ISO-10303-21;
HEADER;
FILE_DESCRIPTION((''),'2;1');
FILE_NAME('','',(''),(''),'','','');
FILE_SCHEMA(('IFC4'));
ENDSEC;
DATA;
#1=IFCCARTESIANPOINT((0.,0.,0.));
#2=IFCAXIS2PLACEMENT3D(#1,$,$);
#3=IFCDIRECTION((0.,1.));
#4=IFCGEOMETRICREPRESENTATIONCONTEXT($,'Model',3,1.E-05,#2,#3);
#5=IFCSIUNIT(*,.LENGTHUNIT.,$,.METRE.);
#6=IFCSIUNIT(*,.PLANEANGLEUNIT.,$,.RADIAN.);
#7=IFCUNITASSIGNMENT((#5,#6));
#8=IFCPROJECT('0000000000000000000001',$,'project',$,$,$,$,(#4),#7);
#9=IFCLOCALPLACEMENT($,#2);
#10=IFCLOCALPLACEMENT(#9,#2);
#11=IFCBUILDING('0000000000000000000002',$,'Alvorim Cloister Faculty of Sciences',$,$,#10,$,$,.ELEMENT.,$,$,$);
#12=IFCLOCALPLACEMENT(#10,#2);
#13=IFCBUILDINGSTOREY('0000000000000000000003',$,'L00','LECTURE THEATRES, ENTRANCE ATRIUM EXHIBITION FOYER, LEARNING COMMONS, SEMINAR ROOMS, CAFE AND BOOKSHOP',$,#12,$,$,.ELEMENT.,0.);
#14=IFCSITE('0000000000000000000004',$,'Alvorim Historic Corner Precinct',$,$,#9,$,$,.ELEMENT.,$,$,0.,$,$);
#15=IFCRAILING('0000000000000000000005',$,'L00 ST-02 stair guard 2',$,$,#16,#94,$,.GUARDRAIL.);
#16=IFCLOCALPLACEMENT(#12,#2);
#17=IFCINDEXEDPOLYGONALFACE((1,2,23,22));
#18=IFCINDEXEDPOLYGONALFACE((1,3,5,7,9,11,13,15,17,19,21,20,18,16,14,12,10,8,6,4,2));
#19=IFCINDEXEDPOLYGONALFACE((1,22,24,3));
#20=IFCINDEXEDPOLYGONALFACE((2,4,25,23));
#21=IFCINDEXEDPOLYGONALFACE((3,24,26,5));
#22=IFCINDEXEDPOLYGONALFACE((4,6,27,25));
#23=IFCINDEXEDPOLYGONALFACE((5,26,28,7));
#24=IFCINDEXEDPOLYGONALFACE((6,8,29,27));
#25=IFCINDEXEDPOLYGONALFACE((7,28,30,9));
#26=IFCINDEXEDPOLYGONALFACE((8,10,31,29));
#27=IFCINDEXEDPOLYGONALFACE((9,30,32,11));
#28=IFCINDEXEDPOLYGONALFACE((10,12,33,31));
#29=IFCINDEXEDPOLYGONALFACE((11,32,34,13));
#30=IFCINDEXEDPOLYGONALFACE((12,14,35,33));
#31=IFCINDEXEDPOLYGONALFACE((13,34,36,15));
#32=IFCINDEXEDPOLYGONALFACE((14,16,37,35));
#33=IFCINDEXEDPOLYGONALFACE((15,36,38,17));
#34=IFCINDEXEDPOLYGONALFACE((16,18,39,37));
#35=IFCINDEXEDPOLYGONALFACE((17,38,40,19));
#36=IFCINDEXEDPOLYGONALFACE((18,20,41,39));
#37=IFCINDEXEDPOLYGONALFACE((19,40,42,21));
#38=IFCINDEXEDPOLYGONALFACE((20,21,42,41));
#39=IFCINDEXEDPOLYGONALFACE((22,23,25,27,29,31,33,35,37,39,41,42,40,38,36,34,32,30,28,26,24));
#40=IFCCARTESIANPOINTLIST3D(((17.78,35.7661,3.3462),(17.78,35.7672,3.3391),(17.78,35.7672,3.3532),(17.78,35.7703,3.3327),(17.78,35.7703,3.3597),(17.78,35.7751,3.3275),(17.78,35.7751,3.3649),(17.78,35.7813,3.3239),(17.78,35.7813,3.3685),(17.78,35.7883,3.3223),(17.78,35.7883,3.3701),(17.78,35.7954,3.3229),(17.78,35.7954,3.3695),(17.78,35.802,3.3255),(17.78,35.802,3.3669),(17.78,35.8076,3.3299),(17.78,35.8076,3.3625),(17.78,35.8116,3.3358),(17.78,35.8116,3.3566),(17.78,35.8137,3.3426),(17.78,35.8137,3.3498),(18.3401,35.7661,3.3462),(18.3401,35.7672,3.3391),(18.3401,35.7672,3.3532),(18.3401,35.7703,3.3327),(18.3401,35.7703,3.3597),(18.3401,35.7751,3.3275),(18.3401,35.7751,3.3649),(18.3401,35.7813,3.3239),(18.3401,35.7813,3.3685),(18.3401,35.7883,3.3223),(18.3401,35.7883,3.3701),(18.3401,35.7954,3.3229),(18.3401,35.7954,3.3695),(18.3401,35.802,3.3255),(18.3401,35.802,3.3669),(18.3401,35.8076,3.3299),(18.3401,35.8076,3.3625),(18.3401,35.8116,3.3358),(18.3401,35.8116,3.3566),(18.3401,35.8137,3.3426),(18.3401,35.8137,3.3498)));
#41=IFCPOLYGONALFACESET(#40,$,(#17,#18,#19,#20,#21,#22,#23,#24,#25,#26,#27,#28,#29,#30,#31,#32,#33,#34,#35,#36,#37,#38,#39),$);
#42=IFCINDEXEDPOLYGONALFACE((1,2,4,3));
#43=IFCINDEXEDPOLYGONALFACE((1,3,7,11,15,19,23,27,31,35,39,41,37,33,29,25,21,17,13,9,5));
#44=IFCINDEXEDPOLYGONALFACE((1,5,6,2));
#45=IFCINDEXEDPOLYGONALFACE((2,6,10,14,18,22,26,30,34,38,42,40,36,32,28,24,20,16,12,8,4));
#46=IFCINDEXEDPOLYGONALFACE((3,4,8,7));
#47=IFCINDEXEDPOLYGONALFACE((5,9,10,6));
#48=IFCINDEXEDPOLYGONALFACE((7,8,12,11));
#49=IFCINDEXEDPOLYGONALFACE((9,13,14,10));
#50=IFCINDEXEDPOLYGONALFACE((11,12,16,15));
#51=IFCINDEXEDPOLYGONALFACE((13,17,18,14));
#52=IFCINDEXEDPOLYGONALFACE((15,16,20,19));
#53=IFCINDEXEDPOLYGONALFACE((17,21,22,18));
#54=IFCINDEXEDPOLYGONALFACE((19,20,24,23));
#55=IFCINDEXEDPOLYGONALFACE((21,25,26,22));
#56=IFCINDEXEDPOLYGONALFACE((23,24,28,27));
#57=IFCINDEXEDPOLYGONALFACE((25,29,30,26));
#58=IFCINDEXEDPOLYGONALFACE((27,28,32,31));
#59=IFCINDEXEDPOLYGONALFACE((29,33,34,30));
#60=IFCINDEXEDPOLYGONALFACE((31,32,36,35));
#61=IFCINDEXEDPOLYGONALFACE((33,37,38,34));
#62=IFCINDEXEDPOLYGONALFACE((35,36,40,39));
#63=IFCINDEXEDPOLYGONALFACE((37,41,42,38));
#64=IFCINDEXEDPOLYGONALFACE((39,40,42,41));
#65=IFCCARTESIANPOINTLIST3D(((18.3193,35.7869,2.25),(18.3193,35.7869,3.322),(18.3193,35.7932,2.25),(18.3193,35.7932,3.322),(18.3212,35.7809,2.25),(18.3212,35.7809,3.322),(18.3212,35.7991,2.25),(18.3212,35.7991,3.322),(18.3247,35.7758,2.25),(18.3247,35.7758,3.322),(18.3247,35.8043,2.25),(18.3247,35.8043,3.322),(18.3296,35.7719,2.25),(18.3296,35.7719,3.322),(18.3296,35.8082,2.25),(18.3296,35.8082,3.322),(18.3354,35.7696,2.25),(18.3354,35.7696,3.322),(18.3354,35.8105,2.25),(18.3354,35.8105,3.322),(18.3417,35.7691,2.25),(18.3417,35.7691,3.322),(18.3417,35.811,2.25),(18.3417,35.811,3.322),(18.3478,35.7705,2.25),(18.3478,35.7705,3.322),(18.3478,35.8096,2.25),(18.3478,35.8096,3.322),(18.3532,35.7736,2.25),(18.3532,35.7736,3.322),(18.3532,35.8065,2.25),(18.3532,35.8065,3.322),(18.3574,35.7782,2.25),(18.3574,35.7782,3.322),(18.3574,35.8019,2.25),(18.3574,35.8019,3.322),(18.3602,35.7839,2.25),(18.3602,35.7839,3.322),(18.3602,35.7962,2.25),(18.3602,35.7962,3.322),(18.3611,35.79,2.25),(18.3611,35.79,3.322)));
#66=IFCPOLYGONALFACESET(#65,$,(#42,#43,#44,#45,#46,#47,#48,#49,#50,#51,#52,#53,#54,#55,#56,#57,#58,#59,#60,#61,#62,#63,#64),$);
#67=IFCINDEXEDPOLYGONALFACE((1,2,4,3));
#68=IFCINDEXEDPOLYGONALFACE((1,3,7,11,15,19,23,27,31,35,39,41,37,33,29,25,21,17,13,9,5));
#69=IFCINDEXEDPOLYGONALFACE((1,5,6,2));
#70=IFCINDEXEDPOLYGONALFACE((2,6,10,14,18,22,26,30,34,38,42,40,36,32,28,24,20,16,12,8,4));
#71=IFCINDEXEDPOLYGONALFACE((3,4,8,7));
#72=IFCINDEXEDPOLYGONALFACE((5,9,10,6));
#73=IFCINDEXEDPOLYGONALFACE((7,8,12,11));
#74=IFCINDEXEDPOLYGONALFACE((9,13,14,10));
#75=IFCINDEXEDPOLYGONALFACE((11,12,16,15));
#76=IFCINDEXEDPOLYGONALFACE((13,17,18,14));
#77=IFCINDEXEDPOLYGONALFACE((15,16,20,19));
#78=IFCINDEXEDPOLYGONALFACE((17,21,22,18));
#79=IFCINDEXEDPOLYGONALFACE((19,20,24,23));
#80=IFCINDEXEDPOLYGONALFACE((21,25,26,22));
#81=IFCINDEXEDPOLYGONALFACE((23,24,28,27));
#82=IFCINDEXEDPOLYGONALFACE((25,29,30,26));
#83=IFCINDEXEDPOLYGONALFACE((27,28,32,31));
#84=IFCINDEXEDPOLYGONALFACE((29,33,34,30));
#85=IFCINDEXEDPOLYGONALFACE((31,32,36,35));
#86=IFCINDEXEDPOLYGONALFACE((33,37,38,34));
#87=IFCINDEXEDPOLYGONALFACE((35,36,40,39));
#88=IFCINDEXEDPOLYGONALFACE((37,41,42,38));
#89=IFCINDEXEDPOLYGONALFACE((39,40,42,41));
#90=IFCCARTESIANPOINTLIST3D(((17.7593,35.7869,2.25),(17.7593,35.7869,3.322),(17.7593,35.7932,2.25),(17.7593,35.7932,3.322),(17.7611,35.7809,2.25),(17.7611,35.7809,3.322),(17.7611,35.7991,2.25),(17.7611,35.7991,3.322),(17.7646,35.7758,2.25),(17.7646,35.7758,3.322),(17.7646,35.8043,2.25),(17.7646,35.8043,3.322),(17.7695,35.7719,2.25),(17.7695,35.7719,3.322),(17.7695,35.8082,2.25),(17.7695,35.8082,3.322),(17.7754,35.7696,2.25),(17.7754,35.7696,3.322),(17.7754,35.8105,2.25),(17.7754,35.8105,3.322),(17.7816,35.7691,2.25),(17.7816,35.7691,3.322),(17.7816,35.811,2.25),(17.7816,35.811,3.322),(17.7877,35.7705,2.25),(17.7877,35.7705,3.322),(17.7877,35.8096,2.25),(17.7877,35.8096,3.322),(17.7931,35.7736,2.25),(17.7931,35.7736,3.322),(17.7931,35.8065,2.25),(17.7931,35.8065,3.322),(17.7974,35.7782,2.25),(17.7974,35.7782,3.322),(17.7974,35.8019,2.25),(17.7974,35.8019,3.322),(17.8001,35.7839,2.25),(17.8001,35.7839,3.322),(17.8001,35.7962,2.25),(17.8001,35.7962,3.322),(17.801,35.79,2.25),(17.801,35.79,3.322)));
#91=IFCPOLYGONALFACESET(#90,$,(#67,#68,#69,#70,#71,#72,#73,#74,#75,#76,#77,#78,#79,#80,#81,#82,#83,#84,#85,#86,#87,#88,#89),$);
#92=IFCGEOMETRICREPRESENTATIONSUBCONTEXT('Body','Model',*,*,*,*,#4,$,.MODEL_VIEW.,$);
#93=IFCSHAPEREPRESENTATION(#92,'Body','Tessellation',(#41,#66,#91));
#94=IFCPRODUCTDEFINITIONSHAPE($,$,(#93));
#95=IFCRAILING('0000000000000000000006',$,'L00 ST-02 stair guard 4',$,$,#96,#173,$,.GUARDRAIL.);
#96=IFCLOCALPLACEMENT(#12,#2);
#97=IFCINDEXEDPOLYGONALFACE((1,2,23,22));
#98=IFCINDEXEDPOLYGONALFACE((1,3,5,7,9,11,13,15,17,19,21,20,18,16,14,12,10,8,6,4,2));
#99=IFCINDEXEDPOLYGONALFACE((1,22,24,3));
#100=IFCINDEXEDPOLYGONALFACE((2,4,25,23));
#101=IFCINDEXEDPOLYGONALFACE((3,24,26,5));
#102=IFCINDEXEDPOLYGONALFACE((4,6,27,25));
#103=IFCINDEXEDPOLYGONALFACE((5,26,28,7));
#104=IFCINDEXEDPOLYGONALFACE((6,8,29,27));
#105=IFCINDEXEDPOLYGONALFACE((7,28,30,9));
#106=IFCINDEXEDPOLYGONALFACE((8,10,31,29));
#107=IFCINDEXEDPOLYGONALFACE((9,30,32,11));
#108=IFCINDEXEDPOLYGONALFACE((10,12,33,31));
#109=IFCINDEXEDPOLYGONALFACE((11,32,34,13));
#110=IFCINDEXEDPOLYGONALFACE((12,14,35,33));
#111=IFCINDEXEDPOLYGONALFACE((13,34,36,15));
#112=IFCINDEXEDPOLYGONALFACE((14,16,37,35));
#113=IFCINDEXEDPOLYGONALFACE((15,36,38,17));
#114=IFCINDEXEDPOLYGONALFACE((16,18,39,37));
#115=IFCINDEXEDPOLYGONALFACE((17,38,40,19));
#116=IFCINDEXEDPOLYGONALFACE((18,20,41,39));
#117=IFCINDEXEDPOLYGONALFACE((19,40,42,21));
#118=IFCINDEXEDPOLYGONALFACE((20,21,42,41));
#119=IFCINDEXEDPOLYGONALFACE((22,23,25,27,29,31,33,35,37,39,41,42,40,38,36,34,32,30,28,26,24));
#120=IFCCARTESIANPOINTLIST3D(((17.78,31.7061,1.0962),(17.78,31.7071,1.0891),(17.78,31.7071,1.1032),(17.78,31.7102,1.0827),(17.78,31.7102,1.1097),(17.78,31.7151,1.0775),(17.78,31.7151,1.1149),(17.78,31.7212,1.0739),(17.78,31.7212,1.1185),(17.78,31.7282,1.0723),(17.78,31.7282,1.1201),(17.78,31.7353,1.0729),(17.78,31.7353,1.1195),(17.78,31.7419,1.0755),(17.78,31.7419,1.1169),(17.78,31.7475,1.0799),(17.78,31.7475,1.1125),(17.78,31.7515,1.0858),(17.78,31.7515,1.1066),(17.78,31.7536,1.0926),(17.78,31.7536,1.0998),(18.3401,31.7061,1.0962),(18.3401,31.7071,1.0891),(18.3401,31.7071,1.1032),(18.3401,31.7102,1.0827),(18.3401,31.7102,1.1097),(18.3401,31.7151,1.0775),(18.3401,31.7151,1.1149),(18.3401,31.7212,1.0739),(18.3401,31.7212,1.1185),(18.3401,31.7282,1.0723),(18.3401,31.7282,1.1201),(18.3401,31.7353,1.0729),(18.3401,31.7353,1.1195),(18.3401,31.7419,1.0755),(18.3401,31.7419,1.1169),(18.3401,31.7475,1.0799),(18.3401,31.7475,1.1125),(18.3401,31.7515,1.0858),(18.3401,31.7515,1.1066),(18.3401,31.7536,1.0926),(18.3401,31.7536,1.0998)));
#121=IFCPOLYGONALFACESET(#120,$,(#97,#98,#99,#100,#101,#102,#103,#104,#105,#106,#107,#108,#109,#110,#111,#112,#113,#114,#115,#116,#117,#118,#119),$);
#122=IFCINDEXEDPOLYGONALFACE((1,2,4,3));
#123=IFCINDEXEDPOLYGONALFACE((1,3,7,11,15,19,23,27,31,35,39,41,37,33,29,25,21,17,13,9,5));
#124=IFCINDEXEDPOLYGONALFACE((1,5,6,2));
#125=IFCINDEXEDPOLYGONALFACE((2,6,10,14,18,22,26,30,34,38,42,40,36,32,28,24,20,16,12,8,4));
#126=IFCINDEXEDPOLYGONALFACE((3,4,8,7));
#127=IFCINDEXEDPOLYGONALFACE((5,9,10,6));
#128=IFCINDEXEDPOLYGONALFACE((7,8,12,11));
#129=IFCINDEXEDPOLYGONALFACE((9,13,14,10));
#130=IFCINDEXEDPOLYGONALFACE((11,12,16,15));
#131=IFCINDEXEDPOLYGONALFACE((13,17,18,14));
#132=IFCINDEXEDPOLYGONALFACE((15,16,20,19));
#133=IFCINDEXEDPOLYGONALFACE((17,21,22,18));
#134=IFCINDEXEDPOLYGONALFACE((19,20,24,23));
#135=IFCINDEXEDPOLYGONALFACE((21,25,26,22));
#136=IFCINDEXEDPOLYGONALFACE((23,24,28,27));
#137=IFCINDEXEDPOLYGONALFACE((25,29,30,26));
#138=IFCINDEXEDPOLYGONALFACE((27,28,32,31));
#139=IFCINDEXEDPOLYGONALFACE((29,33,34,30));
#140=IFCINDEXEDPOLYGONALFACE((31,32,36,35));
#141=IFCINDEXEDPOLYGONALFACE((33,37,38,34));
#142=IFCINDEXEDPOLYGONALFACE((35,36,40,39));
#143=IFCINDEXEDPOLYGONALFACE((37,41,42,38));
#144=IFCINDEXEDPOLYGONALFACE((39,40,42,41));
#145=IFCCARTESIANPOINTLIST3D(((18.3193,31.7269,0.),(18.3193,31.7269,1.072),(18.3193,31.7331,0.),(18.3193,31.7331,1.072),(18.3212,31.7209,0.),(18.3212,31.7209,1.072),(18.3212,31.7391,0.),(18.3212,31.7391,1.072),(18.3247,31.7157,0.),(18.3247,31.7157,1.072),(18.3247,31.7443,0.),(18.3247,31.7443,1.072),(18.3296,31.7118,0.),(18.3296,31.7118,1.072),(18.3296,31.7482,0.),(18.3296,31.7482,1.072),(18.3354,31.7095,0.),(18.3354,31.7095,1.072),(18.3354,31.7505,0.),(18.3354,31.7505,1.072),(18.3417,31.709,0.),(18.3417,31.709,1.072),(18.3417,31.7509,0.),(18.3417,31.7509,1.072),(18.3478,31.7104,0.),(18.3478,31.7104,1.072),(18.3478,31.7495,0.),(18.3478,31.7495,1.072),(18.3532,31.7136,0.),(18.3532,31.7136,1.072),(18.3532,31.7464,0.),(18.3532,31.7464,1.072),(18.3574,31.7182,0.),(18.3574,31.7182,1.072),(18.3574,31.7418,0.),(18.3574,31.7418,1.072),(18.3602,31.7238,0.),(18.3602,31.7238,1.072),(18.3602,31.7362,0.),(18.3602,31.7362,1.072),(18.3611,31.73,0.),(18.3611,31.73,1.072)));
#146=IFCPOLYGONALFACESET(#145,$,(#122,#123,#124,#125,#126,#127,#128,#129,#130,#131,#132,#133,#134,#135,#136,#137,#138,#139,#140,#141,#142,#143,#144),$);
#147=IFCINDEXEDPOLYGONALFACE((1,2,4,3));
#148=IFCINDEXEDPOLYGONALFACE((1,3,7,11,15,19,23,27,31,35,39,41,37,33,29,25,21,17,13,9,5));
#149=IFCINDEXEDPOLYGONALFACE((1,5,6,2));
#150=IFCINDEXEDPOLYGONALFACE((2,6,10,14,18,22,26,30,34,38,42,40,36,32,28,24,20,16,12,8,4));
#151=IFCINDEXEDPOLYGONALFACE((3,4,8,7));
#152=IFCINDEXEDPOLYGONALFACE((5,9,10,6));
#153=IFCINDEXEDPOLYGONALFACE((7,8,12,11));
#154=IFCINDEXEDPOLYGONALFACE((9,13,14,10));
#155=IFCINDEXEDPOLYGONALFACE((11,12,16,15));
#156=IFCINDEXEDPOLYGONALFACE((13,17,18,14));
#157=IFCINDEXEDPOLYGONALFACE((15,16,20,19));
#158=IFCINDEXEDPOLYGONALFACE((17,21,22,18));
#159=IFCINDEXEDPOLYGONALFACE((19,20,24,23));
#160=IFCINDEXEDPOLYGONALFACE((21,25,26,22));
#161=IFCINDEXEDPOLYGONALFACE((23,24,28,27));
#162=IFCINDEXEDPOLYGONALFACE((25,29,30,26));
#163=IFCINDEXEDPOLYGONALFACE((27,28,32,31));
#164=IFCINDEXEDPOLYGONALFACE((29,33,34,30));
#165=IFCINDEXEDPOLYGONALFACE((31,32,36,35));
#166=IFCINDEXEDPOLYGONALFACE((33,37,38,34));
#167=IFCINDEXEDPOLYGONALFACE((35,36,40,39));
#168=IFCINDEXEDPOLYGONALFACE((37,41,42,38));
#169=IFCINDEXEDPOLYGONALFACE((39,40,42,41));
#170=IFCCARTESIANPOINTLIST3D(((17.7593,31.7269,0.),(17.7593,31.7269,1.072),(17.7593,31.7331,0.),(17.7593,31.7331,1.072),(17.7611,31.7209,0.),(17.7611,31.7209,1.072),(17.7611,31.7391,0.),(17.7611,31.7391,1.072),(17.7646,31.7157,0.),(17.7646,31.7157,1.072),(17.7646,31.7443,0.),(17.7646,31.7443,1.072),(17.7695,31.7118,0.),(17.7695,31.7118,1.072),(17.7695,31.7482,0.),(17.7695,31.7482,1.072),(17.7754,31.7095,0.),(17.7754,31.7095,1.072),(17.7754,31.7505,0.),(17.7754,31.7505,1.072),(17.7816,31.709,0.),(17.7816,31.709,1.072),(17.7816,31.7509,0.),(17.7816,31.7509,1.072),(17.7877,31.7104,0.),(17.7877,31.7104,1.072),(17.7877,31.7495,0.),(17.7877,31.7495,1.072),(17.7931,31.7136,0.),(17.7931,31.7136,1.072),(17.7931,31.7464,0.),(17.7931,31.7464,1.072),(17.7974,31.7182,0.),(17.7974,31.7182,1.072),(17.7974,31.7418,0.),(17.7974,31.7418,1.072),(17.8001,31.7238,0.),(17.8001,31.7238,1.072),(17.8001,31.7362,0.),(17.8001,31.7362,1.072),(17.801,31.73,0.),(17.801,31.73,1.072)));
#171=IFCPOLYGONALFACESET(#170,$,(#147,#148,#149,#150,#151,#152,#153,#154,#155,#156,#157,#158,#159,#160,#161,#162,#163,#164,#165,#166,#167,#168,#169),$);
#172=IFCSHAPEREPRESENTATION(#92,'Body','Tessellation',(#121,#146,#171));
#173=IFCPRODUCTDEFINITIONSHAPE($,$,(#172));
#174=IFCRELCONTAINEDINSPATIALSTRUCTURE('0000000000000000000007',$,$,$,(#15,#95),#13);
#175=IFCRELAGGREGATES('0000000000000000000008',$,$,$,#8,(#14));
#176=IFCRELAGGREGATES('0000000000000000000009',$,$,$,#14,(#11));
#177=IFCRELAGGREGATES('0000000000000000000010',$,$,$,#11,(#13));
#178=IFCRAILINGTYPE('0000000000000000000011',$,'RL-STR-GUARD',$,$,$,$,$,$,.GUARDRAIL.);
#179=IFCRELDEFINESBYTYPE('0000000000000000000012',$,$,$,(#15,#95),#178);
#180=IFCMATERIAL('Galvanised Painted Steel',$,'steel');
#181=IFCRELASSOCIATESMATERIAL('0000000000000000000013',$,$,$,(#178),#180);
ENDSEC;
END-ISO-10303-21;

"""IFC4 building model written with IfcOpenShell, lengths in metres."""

from ifc_helpers import new_model, si_unit, direction, frame, origin, origin_2d, place, context, subcontext, project, spatial, circle, extrude, material, type_object, element, save


model = new_model("IFC4")

# Units and contexts
model_context = context("Model", 3, precision=1e-05, world=origin(), true_north=direction((0.0, 1.0)))
body_context = subcontext(model_context, "Body", "Model", "MODEL_VIEW")
ifc_project = project(units=[si_unit("LENGTHUNIT", "METRE"), si_unit("PLANEANGLEUNIT", "RADIAN")], contexts=[model_context])

# Site, building, storey
site_placement = place(None, origin())
site = spatial("IfcSite", under=ifc_project, at=site_placement, Name="Alvorim Historic Corner Precinct", CompositionType="ELEMENT", RefElevation=0.0)
building_placement = place(site_placement, origin())
building = spatial("IfcBuilding", under=site, at=building_placement, Name="Alvorim Cloister Faculty of Sciences", CompositionType="ELEMENT")
storey_placement = place(building_placement, origin())
storey = spatial("IfcBuildingStorey", under=building, at=storey_placement, Name="L00", Description="LECTURE THEATRES, ENTRANCE ATRIUM EXHIBITION FOYER, LEARNING COMMONS, SEMINAR ROOMS, CAFE AND BOOKSHOP", CompositionType="ELEMENT", Elevation=0.0)

# Railings
ifc_material_1 = material(Name="Galvanised Painted Steel", Category="steel")
railing_type_1 = type_object("IfcRailingType", Name="RL-STR-GUARD", PredefinedType="GUARDRAIL", material=ifc_material_1)
for number, where, name in (
    (1, (18.3401, 35.79, 2.25), "L00 ST-02 stair guard 2"),
    (2, (18.3401, 31.73, 0.0), "L00 ST-02 stair guard 4"),
):
    element("IfcRailing", number, at=place(storey_placement, frame(where)), inside=storey, type_object=railing_type_1, Name=name, PredefinedType="GUARDRAIL", context=body_context, shape_type="SweptSolid", body=[
        extrude(circle(Radius=0.0239, at=origin_2d()), frame((0.0, 0.0, 1.0962), z_axis=(-1.0, 0.0, 0.0), x_axis=(0.0, -1.0, 0.0)), (0.0, 0.0, 1.0), 0.5601),
        extrude(circle(Radius=0.021, at=origin_2d()), origin(), (0.0, 0.0, 1.0), 1.072),
        extrude(circle(Radius=0.021, at=origin_2d()), frame((-0.5601, 0.0, 0.0)), (0.0, 0.0, 1.0), 1.072),
    ])

save(model, "model.ifc")
